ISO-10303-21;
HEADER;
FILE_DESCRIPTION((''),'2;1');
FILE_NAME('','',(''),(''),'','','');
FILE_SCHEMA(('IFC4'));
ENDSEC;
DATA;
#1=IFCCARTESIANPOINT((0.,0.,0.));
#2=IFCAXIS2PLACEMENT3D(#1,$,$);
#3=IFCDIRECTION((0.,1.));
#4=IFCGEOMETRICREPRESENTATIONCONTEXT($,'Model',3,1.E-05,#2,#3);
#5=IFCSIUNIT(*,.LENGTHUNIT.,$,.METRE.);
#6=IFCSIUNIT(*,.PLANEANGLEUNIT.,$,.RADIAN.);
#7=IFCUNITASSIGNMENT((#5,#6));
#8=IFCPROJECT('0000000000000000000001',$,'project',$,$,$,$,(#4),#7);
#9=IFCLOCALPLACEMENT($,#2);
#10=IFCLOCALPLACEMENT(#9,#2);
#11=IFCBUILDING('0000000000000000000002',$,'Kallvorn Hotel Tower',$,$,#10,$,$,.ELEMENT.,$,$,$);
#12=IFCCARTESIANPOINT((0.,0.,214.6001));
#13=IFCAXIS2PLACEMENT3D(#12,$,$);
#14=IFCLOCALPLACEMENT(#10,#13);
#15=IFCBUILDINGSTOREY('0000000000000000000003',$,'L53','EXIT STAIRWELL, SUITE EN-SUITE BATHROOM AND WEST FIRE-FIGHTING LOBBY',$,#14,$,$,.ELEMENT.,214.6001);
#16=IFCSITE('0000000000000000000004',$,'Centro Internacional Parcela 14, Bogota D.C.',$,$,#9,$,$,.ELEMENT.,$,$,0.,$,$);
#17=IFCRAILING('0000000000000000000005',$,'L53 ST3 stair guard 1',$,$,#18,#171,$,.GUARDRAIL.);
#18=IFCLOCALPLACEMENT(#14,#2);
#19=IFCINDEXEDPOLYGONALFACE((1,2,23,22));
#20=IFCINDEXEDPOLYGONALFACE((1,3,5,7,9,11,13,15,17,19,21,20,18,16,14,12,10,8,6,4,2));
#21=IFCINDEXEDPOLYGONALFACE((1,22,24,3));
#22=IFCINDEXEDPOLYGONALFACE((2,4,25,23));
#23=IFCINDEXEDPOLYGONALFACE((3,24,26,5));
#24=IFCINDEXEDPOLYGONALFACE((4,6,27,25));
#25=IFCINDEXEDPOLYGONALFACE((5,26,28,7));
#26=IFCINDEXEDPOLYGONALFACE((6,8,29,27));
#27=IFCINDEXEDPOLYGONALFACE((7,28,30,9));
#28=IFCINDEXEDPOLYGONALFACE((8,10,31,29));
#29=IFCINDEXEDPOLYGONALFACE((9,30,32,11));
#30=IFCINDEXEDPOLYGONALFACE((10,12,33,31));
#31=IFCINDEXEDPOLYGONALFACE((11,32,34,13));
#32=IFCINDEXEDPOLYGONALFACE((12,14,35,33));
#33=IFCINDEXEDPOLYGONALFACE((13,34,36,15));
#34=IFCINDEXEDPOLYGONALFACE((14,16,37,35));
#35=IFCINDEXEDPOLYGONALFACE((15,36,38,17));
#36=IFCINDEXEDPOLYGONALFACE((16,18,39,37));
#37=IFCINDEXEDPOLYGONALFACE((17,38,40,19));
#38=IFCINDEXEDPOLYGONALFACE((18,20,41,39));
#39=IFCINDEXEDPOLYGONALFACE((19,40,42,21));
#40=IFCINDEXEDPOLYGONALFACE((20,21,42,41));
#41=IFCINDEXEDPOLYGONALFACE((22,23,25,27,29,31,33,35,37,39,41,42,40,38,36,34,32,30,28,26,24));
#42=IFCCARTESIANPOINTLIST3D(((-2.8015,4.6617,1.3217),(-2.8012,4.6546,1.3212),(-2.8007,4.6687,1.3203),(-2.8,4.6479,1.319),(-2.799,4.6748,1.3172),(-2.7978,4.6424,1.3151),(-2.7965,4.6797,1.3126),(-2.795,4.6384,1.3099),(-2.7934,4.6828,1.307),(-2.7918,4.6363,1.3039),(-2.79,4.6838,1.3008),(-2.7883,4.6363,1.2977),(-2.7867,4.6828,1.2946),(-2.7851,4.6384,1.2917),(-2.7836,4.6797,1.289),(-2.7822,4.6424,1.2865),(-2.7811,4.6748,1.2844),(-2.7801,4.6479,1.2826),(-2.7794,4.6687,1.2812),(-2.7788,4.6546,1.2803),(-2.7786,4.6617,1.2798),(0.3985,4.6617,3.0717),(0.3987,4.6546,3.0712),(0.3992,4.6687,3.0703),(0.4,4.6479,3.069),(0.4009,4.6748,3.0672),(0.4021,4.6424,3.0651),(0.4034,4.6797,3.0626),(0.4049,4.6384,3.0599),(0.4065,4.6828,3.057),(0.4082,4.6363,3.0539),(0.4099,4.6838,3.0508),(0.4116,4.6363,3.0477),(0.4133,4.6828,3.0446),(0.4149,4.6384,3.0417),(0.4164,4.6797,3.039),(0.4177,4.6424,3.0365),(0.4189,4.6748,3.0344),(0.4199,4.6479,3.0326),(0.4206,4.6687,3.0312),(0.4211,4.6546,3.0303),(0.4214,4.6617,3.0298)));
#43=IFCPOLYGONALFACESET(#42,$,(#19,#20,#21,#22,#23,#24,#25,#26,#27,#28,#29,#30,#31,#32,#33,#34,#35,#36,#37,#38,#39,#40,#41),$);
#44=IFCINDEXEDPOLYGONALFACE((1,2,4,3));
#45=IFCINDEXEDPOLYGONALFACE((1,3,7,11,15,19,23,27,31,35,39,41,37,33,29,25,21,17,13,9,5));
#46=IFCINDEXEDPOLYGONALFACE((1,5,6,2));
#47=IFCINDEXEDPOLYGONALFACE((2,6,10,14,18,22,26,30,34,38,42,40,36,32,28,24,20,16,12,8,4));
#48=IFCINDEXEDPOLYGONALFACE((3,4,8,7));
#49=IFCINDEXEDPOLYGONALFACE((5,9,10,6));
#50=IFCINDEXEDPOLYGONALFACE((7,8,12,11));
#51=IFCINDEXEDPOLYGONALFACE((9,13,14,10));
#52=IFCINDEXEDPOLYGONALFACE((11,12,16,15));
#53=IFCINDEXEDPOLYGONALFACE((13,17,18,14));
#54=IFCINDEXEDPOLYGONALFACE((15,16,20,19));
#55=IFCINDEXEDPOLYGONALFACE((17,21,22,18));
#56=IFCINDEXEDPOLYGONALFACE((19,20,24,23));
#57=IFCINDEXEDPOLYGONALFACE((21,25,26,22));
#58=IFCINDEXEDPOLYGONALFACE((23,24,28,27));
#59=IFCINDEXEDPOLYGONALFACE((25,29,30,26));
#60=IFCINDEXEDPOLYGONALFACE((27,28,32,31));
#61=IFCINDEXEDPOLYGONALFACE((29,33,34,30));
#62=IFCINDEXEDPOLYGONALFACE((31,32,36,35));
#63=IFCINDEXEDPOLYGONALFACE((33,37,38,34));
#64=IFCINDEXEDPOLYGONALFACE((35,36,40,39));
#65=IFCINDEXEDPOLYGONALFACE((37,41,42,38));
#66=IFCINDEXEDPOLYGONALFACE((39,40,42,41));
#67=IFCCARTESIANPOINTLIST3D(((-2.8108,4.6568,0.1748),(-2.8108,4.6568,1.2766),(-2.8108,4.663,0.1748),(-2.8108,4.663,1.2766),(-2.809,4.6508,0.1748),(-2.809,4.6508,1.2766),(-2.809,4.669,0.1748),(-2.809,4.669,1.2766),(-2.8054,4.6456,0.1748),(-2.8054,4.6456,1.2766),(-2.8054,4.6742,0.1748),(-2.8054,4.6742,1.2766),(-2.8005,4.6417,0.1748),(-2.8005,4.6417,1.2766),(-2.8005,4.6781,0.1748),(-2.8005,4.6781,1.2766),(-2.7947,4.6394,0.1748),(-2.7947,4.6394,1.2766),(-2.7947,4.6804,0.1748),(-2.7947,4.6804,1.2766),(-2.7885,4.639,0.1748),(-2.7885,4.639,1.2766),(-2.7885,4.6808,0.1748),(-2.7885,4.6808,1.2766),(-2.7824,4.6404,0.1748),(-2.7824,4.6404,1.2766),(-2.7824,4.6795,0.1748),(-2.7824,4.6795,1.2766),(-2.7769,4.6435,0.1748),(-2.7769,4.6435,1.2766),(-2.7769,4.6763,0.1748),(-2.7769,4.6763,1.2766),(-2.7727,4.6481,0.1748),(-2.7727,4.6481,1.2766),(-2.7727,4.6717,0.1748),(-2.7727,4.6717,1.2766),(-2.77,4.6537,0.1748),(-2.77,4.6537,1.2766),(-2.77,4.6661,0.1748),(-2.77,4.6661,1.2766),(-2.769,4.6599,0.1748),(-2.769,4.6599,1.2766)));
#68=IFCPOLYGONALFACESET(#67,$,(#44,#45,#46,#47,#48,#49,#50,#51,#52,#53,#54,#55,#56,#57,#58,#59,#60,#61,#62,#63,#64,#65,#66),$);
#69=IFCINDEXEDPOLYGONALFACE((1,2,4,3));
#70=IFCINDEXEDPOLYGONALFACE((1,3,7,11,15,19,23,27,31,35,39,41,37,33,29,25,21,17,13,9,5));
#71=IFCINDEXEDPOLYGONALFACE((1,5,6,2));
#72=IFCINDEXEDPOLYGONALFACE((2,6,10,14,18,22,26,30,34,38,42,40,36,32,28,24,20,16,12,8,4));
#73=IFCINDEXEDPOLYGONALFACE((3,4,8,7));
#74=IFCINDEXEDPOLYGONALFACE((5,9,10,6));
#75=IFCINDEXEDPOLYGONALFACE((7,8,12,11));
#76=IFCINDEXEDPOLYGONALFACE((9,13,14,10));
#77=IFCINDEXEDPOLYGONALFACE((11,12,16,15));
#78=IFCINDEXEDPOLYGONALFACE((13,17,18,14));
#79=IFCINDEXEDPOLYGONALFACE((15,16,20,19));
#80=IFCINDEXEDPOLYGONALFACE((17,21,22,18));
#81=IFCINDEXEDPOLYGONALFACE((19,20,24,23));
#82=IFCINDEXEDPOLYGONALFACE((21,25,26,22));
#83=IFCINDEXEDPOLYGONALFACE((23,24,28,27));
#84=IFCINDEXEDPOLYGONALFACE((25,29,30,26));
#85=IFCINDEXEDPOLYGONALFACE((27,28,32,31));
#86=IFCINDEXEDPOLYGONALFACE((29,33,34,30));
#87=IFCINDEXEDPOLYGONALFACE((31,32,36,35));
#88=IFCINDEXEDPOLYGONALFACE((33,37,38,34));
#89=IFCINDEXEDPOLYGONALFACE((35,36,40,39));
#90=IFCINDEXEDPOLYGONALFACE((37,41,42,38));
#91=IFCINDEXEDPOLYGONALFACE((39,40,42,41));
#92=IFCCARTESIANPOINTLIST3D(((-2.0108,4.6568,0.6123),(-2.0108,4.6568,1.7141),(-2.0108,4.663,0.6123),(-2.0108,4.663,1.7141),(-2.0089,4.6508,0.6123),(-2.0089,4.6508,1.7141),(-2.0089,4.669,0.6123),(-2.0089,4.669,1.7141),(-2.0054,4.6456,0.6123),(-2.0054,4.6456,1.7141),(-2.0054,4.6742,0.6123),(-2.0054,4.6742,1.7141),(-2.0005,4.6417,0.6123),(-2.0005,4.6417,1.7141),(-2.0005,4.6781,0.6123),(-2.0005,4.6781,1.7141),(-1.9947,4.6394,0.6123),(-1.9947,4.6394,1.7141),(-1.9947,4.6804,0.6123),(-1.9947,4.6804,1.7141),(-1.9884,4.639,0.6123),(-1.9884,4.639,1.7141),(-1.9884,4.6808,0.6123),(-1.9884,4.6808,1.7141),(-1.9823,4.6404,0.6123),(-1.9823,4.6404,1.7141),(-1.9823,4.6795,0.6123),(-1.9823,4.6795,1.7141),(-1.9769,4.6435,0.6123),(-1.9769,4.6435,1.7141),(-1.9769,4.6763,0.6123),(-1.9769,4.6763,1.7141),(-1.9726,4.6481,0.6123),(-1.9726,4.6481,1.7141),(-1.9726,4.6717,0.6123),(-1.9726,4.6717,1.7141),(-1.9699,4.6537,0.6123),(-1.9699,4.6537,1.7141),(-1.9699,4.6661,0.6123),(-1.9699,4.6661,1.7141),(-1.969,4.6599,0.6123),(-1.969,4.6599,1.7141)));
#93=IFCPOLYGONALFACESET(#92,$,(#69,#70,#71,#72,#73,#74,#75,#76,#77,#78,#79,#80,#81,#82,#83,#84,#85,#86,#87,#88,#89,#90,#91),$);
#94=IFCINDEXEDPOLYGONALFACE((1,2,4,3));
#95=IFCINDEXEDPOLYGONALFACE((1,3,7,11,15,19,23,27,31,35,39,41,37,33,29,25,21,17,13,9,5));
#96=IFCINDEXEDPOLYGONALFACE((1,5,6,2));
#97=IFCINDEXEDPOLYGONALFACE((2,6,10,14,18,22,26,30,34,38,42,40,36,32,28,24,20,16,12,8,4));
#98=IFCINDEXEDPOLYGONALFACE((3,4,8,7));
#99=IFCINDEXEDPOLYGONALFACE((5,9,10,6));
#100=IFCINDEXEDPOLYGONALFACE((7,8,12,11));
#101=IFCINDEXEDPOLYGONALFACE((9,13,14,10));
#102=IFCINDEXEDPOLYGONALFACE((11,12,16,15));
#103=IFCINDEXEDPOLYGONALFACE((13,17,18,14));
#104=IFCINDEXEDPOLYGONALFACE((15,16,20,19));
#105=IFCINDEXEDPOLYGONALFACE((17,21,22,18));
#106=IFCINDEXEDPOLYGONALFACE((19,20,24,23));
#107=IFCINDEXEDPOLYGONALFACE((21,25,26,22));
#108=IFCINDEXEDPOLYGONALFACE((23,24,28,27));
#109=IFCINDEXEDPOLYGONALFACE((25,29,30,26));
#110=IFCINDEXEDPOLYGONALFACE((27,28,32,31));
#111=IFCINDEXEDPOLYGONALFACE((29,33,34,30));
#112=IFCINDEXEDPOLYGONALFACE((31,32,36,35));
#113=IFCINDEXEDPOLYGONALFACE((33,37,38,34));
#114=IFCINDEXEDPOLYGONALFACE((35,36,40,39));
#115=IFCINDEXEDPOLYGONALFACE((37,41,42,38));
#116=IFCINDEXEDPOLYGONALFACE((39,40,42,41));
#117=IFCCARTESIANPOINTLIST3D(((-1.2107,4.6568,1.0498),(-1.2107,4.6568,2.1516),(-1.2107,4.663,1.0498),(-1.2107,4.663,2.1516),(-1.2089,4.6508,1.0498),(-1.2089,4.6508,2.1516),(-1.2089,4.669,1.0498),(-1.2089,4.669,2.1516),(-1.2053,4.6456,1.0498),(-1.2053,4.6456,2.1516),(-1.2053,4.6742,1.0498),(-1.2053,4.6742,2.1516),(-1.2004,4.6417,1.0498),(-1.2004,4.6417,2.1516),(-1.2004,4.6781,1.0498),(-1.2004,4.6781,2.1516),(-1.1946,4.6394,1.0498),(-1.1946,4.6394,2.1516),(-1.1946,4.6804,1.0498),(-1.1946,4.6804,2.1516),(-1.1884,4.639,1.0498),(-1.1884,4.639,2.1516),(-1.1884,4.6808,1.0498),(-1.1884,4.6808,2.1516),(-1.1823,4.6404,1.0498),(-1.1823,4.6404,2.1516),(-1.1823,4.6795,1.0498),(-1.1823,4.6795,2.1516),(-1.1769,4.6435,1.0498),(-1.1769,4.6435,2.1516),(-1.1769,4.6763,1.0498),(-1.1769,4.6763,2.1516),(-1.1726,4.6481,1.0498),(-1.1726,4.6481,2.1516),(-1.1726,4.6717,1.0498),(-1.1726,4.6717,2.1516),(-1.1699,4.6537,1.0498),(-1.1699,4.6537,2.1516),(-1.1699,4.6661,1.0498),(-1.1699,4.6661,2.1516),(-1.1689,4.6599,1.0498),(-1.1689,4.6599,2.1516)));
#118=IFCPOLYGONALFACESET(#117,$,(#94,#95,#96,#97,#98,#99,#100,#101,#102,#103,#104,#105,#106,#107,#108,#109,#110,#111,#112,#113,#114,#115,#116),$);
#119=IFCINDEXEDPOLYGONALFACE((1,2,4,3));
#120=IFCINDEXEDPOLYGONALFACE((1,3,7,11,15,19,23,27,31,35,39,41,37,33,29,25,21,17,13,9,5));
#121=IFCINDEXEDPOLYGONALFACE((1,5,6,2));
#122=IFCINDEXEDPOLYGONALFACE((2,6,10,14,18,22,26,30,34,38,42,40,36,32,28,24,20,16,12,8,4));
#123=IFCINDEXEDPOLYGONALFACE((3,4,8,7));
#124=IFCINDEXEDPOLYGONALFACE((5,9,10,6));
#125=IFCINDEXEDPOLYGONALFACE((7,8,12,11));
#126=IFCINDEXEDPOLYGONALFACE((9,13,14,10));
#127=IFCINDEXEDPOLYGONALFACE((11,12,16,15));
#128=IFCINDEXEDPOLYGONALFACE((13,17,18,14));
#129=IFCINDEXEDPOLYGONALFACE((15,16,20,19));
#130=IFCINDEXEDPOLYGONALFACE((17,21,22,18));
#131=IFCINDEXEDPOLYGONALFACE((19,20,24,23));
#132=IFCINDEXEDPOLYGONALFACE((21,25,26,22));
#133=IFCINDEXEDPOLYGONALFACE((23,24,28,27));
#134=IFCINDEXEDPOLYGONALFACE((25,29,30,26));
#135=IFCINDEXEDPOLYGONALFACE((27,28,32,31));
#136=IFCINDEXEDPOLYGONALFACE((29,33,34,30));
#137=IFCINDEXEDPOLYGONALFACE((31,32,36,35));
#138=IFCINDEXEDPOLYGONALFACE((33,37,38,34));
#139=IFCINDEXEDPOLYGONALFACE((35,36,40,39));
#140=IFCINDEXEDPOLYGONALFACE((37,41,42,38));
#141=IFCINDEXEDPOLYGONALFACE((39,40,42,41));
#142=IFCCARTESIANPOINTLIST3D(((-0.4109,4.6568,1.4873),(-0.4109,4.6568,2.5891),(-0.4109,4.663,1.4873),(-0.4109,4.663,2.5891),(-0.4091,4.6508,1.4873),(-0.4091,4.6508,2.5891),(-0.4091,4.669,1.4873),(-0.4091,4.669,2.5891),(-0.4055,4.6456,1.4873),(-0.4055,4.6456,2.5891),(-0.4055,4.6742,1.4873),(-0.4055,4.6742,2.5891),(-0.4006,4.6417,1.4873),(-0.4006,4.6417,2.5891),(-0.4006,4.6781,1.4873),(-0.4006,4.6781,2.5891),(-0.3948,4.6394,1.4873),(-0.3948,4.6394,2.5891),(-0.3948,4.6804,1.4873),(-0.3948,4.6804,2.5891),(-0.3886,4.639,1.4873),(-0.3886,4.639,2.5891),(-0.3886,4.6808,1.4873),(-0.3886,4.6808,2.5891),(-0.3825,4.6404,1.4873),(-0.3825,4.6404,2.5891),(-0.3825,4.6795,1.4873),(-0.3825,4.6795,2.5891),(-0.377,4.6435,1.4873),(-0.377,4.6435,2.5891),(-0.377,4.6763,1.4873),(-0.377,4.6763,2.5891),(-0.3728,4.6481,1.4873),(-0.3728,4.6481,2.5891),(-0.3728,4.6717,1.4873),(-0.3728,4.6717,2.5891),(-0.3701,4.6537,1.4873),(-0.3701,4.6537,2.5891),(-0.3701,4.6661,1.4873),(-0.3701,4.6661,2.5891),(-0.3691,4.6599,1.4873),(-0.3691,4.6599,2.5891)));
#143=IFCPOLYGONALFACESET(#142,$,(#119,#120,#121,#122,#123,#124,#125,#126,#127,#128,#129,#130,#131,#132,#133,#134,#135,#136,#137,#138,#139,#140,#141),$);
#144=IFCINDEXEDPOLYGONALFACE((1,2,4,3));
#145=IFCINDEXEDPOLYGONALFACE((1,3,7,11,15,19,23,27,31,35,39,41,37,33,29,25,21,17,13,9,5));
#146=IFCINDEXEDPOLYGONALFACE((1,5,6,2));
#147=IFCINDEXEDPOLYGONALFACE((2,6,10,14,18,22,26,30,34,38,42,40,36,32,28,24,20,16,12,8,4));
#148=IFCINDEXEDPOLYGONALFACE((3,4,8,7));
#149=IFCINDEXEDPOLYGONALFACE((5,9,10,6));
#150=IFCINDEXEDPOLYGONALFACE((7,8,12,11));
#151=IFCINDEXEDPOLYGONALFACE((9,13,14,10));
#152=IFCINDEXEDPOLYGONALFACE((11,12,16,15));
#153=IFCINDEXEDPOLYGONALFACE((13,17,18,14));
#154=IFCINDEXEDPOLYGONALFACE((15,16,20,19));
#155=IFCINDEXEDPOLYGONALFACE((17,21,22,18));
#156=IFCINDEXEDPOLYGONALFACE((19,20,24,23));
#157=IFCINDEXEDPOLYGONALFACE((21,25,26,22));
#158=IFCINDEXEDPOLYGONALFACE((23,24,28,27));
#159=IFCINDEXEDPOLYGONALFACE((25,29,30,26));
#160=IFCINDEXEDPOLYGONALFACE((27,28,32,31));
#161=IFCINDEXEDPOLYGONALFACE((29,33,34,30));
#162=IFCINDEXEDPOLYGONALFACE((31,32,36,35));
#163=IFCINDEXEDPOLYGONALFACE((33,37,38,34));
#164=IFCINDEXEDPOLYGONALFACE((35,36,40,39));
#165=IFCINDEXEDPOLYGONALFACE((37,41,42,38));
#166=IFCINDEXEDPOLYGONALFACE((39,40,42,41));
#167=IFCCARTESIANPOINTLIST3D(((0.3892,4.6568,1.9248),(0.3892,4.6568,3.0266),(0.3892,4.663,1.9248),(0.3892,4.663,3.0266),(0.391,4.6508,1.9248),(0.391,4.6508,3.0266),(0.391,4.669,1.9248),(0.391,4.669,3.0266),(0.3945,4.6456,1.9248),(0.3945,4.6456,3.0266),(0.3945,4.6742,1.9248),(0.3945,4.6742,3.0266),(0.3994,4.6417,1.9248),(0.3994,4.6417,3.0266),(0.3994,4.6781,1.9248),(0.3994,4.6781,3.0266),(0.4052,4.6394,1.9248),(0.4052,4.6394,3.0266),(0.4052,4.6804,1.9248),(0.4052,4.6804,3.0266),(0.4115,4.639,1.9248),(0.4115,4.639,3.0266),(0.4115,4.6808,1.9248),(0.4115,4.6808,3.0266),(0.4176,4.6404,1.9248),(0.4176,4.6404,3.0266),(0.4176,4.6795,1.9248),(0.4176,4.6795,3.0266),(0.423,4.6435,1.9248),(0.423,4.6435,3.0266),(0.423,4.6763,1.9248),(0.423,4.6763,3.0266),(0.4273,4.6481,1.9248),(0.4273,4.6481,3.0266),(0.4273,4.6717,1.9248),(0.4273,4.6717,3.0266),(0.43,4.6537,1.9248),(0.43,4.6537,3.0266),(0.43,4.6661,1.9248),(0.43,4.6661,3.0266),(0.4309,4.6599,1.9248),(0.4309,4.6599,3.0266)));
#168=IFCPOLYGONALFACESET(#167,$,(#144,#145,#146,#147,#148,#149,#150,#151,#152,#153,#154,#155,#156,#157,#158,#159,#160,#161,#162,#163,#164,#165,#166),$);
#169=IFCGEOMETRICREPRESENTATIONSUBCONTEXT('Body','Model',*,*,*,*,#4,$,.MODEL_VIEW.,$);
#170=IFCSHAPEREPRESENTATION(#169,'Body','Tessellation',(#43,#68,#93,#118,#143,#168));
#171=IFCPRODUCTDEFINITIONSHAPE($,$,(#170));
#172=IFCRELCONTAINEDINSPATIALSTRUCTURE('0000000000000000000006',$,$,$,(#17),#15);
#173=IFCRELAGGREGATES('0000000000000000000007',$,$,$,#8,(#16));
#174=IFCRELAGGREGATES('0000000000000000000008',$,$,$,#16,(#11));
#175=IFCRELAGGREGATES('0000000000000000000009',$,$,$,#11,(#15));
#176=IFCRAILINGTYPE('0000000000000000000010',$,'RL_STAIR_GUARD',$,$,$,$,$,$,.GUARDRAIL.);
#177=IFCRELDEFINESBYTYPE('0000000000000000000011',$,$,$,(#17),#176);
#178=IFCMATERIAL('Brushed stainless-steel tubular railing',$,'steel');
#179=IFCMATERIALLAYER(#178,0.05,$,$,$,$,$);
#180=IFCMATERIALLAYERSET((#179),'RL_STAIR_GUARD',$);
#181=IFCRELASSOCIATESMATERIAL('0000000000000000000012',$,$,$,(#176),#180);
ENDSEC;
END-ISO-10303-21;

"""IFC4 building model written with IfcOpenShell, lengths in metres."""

from ifc_helpers import new_model, si_unit, direction, frame, origin, origin_2d, place, context, subcontext, project, spatial, circle, extrude, material, layer, layer_set, type_object, element, save


model = new_model("IFC4")

# Units and contexts
model_context = context("Model", 3, precision=1e-05, world=origin(), true_north=direction((0.0, 1.0)))
body_context = subcontext(model_context, "Body", "Model", "MODEL_VIEW")
ifc_project = project(units=[si_unit("LENGTHUNIT", "METRE"), si_unit("PLANEANGLEUNIT", "RADIAN")], contexts=[model_context])

# Site, building, storey
site_placement = place(None, origin())
site = spatial("IfcSite", under=ifc_project, at=site_placement, Name="Centro Internacional Parcela 14, Bogota D.C.", CompositionType="ELEMENT", RefElevation=0.0)
building_placement = place(site_placement, origin())
building = spatial("IfcBuilding", under=site, at=building_placement, Name="Kallvorn Hotel Tower", CompositionType="ELEMENT")
storey_placement = place(building_placement, frame((0.0, 0.0, 214.6001)))
storey = spatial("IfcBuildingStorey", under=building, at=storey_placement, Name="L53", Description="EXIT STAIRWELL, SUITE EN-SUITE BATHROOM AND WEST FIRE-FIGHTING LOBBY", CompositionType="ELEMENT", Elevation=214.6001)

# Railing
ifc_material_1 = material(Name="Brushed stainless-steel tubular railing", Category="steel")
ifc_layer_1 = layer(ifc_material_1, 0.05)
ifc_layer_set_1 = layer_set([ifc_layer_1], Name="RL_STAIR_GUARD")
railing_type_1 = type_object("IfcRailingType", Name="RL_STAIR_GUARD", PredefinedType="GUARDRAIL", material=ifc_layer_set_1)
railing_1_placement = place(storey_placement, frame((-2.79, 4.6599, 0.1748)))
element("IfcRailing", 1, at=railing_1_placement, inside=storey, type_object=railing_type_1, Name="L53 ST3 stair guard 1", PredefinedType="GUARDRAIL", context=body_context, shape_type="SweptSolid", body=[
    extrude(circle(Radius=0.0239, at=origin_2d()), frame((0.0, 0.0, 1.126), z_axis=(0.877368, 0.0, 0.479818), x_axis=(0.0, 1.0, 0.0)), (0.0, 0.0, 1.0), 3.6472),
    extrude(circle(Radius=0.021, at=origin_2d()), origin(), (0.0, 0.0, 1.0), 1.1018),
    extrude(circle(Radius=0.021, at=origin_2d()), frame((0.8, 0.0, 0.4375)), (0.0, 0.0, 1.0), 1.1018),
    extrude(circle(Radius=0.021, at=origin_2d()), frame((1.6001, 0.0, 0.875)), (0.0, 0.0, 1.0), 1.1018),
    extrude(circle(Radius=0.021, at=origin_2d()), frame((2.3999, 0.0, 1.3125)), (0.0, 0.0, 1.0), 1.1018),
    extrude(circle(Radius=0.021, at=origin_2d()), frame((3.2, 0.0, 1.75)), (0.0, 0.0, 1.0), 1.1018),
])

save(model, "model.ifc")
